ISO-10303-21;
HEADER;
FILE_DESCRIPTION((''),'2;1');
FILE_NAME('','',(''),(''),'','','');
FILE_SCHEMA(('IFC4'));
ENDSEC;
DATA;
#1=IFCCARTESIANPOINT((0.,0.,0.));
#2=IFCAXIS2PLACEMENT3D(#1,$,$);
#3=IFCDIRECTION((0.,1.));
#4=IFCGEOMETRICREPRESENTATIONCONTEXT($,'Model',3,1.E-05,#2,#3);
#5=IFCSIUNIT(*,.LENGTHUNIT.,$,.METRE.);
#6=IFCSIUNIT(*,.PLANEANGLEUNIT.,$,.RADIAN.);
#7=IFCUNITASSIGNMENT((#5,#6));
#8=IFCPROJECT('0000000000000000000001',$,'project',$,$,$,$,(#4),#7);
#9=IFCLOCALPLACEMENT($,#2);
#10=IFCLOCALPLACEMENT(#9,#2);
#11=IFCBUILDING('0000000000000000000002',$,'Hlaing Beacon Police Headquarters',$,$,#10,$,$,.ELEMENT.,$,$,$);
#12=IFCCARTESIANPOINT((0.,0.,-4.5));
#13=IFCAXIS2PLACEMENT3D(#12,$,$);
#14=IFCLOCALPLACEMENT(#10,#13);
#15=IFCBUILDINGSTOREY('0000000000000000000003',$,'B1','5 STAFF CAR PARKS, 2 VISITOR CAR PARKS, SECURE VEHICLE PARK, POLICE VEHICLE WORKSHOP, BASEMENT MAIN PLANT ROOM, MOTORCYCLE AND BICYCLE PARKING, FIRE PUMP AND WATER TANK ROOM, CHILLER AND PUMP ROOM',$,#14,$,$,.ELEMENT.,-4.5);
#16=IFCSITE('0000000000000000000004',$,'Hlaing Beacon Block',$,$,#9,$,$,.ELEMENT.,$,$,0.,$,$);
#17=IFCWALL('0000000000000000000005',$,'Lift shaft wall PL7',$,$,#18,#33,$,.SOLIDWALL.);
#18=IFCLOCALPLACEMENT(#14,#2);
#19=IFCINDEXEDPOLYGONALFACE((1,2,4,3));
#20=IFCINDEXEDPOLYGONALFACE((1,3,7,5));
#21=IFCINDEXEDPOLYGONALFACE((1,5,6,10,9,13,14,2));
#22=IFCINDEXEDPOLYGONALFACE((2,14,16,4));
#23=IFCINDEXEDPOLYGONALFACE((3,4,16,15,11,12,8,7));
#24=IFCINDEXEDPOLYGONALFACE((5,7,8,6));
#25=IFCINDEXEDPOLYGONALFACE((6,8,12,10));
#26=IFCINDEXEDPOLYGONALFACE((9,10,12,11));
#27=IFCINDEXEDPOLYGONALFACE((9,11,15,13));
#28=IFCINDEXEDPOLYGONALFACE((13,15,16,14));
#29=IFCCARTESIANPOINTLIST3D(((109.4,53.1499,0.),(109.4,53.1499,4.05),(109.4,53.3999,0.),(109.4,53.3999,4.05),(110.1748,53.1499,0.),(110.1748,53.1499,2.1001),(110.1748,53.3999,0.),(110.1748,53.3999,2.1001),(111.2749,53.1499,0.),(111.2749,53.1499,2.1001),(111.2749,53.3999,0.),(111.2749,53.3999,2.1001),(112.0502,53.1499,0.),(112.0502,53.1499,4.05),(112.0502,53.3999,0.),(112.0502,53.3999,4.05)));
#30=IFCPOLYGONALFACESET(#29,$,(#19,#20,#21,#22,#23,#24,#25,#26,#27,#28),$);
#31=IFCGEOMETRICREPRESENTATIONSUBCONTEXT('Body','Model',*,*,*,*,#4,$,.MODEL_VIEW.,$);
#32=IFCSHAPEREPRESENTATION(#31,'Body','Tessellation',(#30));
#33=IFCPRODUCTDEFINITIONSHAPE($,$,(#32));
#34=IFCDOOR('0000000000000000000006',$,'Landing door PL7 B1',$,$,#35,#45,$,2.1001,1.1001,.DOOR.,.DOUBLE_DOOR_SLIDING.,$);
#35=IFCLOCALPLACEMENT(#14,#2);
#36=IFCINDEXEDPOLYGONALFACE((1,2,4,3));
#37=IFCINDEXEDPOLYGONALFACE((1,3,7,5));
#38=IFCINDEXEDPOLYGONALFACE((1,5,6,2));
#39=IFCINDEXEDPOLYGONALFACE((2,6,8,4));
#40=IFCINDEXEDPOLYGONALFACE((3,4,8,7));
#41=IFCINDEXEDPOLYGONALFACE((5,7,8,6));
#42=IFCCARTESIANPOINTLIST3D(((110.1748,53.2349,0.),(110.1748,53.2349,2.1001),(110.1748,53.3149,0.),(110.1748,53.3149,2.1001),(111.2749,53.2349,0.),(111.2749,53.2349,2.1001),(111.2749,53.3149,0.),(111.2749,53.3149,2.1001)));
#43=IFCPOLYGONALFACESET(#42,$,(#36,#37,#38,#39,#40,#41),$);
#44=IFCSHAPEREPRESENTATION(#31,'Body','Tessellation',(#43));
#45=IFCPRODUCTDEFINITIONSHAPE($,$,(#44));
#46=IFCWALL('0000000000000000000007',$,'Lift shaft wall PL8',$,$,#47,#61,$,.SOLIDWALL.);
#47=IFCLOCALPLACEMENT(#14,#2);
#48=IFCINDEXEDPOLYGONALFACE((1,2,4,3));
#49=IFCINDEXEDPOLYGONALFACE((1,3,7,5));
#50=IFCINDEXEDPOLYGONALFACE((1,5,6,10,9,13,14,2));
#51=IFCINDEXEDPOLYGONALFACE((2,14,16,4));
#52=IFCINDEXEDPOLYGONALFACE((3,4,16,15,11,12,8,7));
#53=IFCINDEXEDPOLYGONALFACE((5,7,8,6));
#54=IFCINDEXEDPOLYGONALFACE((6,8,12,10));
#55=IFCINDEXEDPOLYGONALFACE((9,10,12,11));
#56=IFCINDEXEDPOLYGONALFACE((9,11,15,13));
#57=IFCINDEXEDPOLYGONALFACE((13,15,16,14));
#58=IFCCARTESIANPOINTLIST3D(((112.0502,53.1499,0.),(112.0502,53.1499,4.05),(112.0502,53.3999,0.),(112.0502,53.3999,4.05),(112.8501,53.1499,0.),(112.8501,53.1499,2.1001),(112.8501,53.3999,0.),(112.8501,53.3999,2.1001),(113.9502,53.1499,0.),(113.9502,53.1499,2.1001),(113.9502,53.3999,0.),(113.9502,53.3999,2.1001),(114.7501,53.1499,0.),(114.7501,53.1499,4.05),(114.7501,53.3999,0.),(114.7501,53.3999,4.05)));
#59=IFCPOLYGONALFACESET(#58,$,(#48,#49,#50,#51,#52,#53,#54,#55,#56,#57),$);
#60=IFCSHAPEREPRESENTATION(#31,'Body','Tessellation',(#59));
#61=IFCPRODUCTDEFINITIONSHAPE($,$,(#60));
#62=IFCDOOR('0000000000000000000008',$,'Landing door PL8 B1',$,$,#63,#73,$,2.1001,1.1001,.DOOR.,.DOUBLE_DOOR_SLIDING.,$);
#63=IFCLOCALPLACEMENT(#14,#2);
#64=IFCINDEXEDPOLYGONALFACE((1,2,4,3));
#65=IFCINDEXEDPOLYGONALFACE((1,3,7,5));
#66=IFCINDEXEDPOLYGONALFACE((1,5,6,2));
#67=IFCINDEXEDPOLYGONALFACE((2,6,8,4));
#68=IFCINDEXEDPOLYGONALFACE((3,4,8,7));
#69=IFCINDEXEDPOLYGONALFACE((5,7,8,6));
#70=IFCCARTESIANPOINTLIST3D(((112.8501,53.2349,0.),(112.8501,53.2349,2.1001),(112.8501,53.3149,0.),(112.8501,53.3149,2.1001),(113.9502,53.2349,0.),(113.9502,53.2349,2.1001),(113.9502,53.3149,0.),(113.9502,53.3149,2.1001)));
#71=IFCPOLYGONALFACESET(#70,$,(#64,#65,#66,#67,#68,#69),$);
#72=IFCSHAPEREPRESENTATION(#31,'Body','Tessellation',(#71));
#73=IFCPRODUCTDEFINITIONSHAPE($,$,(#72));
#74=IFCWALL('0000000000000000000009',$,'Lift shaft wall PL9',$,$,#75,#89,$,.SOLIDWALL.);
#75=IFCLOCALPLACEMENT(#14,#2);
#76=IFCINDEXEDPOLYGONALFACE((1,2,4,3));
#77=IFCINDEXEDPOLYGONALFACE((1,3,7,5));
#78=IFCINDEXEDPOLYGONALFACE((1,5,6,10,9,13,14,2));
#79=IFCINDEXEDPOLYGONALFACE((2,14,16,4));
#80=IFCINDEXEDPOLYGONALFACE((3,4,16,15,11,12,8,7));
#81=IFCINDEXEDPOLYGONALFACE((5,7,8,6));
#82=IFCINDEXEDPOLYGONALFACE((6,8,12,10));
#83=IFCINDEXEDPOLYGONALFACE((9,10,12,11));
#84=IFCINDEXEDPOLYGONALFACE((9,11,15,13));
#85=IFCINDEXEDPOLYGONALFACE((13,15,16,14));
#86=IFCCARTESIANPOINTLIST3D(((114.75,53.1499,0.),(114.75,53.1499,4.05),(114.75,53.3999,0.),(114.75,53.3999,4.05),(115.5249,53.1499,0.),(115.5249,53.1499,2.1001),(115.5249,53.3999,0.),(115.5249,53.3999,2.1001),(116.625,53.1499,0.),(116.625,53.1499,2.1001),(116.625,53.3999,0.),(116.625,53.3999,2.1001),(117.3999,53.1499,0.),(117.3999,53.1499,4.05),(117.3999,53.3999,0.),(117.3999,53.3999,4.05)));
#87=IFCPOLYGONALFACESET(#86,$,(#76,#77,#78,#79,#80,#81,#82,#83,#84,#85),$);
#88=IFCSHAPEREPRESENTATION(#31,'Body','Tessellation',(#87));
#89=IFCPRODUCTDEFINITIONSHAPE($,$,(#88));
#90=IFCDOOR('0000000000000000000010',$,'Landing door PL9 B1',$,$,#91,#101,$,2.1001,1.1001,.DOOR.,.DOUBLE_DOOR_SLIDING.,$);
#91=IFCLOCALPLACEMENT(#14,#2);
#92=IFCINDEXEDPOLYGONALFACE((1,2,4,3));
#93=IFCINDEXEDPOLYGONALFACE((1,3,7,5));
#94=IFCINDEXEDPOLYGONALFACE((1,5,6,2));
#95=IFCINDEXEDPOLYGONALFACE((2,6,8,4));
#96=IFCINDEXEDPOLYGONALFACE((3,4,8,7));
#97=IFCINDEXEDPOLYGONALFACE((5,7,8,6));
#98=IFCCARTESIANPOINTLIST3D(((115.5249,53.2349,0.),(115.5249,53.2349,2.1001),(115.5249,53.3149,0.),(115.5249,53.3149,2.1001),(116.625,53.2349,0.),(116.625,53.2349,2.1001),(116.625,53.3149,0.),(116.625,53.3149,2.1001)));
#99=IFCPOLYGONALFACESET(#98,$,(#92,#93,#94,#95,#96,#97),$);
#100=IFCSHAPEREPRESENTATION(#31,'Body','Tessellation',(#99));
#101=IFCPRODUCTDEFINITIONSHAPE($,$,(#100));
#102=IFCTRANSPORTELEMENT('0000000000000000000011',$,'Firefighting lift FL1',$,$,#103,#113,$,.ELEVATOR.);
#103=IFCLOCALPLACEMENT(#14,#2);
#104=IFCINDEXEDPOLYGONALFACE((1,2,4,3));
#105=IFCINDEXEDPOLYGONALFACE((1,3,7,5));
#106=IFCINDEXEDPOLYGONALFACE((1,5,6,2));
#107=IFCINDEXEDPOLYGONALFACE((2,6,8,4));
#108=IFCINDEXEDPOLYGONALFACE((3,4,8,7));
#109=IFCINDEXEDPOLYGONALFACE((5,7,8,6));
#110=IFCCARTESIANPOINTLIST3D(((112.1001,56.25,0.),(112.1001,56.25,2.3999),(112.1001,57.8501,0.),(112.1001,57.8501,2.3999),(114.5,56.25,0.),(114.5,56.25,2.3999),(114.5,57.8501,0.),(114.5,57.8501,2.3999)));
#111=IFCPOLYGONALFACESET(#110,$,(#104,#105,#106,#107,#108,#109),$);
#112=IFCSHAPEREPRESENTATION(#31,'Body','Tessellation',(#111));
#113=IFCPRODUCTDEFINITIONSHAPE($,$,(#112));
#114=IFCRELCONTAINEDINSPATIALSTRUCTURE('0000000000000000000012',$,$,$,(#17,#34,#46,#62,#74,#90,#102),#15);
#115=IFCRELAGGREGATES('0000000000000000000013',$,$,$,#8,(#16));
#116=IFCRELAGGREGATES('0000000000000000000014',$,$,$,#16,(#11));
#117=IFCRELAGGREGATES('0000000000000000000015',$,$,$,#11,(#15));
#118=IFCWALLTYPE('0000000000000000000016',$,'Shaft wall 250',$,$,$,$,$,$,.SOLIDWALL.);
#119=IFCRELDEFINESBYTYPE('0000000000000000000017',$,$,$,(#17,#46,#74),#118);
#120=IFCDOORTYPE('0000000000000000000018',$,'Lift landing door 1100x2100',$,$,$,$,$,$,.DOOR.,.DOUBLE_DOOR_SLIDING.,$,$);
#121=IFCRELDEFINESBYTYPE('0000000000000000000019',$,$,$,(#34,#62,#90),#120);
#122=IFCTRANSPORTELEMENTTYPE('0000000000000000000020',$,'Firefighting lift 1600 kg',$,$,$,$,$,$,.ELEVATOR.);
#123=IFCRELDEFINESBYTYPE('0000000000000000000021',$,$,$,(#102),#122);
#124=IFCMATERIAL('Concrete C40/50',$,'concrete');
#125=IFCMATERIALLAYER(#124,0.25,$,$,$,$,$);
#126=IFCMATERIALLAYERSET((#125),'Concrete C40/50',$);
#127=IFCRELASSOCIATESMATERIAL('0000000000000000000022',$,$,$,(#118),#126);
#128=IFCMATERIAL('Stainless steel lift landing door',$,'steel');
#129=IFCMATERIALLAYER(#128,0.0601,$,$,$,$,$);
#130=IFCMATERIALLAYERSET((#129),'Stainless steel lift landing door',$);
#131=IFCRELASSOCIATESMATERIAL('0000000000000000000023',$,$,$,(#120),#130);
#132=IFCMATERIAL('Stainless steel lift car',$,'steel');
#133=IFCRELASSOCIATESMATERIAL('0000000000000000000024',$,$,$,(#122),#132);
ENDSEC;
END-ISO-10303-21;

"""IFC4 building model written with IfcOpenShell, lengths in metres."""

from ifc_helpers import new_model, si_unit, direction, frame, frame_2d, origin, origin_2d, place, context, subcontext, project, spatial, rectangle, extrude, material, layer, layer_set, type_object, element, fill, save


model = new_model("IFC4")

# Units and contexts
model_context = context("Model", 3, precision=1e-05, world=origin(), true_north=direction((0.0, 1.0)))
body_context = subcontext(model_context, "Body", "Model", "MODEL_VIEW")
ifc_project = project(units=[si_unit("LENGTHUNIT", "METRE"), si_unit("PLANEANGLEUNIT", "RADIAN")], contexts=[model_context])

# Site, building, storey
site_placement = place(None, origin())
site = spatial("IfcSite", under=ifc_project, at=site_placement, Name="Hlaing Beacon Block", CompositionType="ELEMENT", RefElevation=0.0)
building_placement = place(site_placement, origin())
building = spatial("IfcBuilding", under=site, at=building_placement, Name="Hlaing Beacon Police Headquarters", CompositionType="ELEMENT")
storey_placement = place(building_placement, frame((0.0, 0.0, -4.5)))
storey = spatial("IfcBuildingStorey", under=building, at=storey_placement, Name="B1", Description="5 STAFF CAR PARKS, 2 VISITOR CAR PARKS, SECURE VEHICLE PARK, POLICE VEHICLE WORKSHOP, BASEMENT MAIN PLANT ROOM, MOTORCYCLE AND BICYCLE PARKING, FIRE PUMP AND WATER TANK ROOM, CHILLER AND PUMP ROOM", CompositionType="ELEMENT", Elevation=-4.5)

# Shared definitions
ifc_material_1 = material(Name="Concrete C40/50", Category="concrete")
ifc_layer_1 = layer(ifc_material_1, 0.25)
ifc_layer_set_1 = layer_set([ifc_layer_1], Name="Concrete C40/50")
wall_type = type_object("IfcWallType", Name="Shaft wall 250", PredefinedType="SOLIDWALL", material=ifc_layer_set_1)

# Shared definitions
ifc_material_2 = material(Name="Stainless steel lift landing door", Category="steel")
ifc_layer_2 = layer(ifc_material_2, 0.0601)
ifc_layer_set_2 = layer_set([ifc_layer_2], Name="Stainless steel lift landing door")
door_type_1 = type_object("IfcDoorType", Name="Lift landing door 1100x2100", OperationType="DOUBLE_DOOR_SLIDING", PredefinedType="DOOR", material=ifc_layer_set_2)

# Walls, openings, doors
wall_1_placement = place(storey_placement, frame((109.3999, 53.2749, 0.0), z_axis=(0.0, 0.0, 1.0), x_axis=(1.0, 0.0, 0.0)))
wall_1 = element("IfcWall", 1, at=wall_1_placement, inside=storey, type_object=wall_type, Name="Lift shaft wall PL7", PredefinedType="SOLIDWALL", context=body_context, shape_type="SweptSolid", body=[
    extrude(rectangle(XDim=2.6501, YDim=0.25, at=frame_2d((1.3252, 0.0))), origin(), (0.0, 0.0, 1.0), 4.05),
])
opening_1_placement = place(wall_1_placement, frame((0.7749, 0.0, 0.0)))
opening_1 = element("IfcOpeningElement", 2, at=opening_1_placement, cuts=wall_1, PredefinedType="OPENING", context=body_context, shape_type="SweptSolid", body=[
    extrude(rectangle(XDim=1.1001, YDim=2.1001, at=frame_2d((0.55, 1.05))), frame((0.0, 0.135, 0.0), z_axis=(0.0, -1.0, 0.0), x_axis=(1.0, 0.0, 0.0)), (0.0, 0.0, 1.0), 0.27),
])
door_1_placement = place(opening_1_placement, origin())
door_1 = element("IfcDoor", 3, at=door_1_placement, inside=storey, type_object=door_type_1, Name="Landing door PL7 B1", OperationType="DOUBLE_DOOR_SLIDING", OverallHeight=2.1001, OverallWidth=1.1001, PredefinedType="DOOR", context=body_context, shape_type="SweptSolid", body=[
    extrude(rectangle(XDim=1.1001, YDim=2.1001, at=frame_2d((0.55, 1.05))), frame((0.0, 0.04, 0.0), z_axis=(0.0, -1.0, 0.0), x_axis=(1.0, 0.0, 0.0)), (0.0, 0.0, 1.0), 0.0801),
])
fill(opening_1, door_1)
wall_2_placement = place(storey_placement, frame((112.05, 53.2749, 0.0), z_axis=(0.0, 0.0, 1.0), x_axis=(1.0, 0.0, 0.0)))
wall_2 = element("IfcWall", 4, at=wall_2_placement, inside=storey, type_object=wall_type, Name="Lift shaft wall PL8", PredefinedType="SOLIDWALL", context=body_context, shape_type="SweptSolid", body=[
    extrude(rectangle(XDim=2.7, YDim=0.25, at=frame_2d((1.3501, 0.0))), origin(), (0.0, 0.0, 1.0), 4.05),
])
opening_2_placement = place(wall_2_placement, frame((0.8, 0.0, 0.0)))
opening_2 = element("IfcOpeningElement", 5, at=opening_2_placement, cuts=wall_2, PredefinedType="OPENING", context=body_context, shape_type="SweptSolid", body=[
    extrude(rectangle(XDim=1.1001, YDim=2.1001, at=frame_2d((0.55, 1.05))), frame((0.0, 0.135, 0.0), z_axis=(0.0, -1.0, 0.0), x_axis=(1.0, 0.0, 0.0)), (0.0, 0.0, 1.0), 0.27),
])
door_2_placement = place(opening_2_placement, origin())
door_2 = element("IfcDoor", 6, at=door_2_placement, inside=storey, type_object=door_type_1, Name="Landing door PL8 B1", OperationType="DOUBLE_DOOR_SLIDING", OverallHeight=2.1001, OverallWidth=1.1001, PredefinedType="DOOR", context=body_context, shape_type="SweptSolid", body=[
    extrude(rectangle(XDim=1.1001, YDim=2.1001, at=frame_2d((0.55, 1.05))), frame((0.0, 0.04, 0.0), z_axis=(0.0, -1.0, 0.0), x_axis=(1.0, 0.0, 0.0)), (0.0, 0.0, 1.0), 0.0801),
])
fill(opening_2, door_2)
wall_3_placement = place(storey_placement, frame((114.75, 53.2749, 0.0), z_axis=(0.0, 0.0, 1.0), x_axis=(1.0, 0.0, 0.0)))
wall_3 = element("IfcWall", 7, at=wall_3_placement, inside=storey, type_object=wall_type, Name="Lift shaft wall PL9", PredefinedType="SOLIDWALL", context=body_context, shape_type="SweptSolid", body=[
    extrude(rectangle(XDim=2.6499, YDim=0.25, at=frame_2d((1.325, 0.0))), origin(), (0.0, 0.0, 1.0), 4.05),
])
opening_3_placement = place(wall_3_placement, frame((0.7749, 0.0, 0.0)))
opening_3 = element("IfcOpeningElement", 8, at=opening_3_placement, cuts=wall_3, PredefinedType="OPENING", context=body_context, shape_type="SweptSolid", body=[
    extrude(rectangle(XDim=1.1001, YDim=2.1001, at=frame_2d((0.55, 1.05))), frame((0.0, 0.135, 0.0), z_axis=(0.0, -1.0, 0.0), x_axis=(1.0, 0.0, 0.0)), (0.0, 0.0, 1.0), 0.27),
])
door_3_placement = place(opening_3_placement, origin())
door_3 = element("IfcDoor", 9, at=door_3_placement, inside=storey, type_object=door_type_1, Name="Landing door PL9 B1", OperationType="DOUBLE_DOOR_SLIDING", OverallHeight=2.1001, OverallWidth=1.1001, PredefinedType="DOOR", context=body_context, shape_type="SweptSolid", body=[
    extrude(rectangle(XDim=1.1001, YDim=2.1001, at=frame_2d((0.55, 1.05))), frame((0.0, 0.04, 0.0), z_axis=(0.0, -1.0, 0.0), x_axis=(1.0, 0.0, 0.0)), (0.0, 0.0, 1.0), 0.0801),
])
fill(opening_3, door_3)

# Transport element
ifc_material_3 = material(Name="Stainless steel lift car", Category="steel")
transport_element_type = type_object("IfcTransportElementType", Name="Firefighting lift 1600 kg", PredefinedType="ELEVATOR", material=ifc_material_3)
transport_element_placement = place(storey_placement, frame((113.3, 57.05, 0.0), z_axis=(0.0, 0.0, 1.0), x_axis=(1.0, 0.0, 0.0)))
element("IfcTransportElement", 10, at=transport_element_placement, inside=storey, type_object=transport_element_type, Name="Firefighting lift FL1", PredefinedType="ELEVATOR", context=body_context, shape_type="SweptSolid", body=[
    extrude(rectangle(XDim=2.3999, YDim=1.6001, at=origin_2d()), origin(), (0.0, 0.0, 1.0), 2.3999),
])

save(model, "model.ifc")
